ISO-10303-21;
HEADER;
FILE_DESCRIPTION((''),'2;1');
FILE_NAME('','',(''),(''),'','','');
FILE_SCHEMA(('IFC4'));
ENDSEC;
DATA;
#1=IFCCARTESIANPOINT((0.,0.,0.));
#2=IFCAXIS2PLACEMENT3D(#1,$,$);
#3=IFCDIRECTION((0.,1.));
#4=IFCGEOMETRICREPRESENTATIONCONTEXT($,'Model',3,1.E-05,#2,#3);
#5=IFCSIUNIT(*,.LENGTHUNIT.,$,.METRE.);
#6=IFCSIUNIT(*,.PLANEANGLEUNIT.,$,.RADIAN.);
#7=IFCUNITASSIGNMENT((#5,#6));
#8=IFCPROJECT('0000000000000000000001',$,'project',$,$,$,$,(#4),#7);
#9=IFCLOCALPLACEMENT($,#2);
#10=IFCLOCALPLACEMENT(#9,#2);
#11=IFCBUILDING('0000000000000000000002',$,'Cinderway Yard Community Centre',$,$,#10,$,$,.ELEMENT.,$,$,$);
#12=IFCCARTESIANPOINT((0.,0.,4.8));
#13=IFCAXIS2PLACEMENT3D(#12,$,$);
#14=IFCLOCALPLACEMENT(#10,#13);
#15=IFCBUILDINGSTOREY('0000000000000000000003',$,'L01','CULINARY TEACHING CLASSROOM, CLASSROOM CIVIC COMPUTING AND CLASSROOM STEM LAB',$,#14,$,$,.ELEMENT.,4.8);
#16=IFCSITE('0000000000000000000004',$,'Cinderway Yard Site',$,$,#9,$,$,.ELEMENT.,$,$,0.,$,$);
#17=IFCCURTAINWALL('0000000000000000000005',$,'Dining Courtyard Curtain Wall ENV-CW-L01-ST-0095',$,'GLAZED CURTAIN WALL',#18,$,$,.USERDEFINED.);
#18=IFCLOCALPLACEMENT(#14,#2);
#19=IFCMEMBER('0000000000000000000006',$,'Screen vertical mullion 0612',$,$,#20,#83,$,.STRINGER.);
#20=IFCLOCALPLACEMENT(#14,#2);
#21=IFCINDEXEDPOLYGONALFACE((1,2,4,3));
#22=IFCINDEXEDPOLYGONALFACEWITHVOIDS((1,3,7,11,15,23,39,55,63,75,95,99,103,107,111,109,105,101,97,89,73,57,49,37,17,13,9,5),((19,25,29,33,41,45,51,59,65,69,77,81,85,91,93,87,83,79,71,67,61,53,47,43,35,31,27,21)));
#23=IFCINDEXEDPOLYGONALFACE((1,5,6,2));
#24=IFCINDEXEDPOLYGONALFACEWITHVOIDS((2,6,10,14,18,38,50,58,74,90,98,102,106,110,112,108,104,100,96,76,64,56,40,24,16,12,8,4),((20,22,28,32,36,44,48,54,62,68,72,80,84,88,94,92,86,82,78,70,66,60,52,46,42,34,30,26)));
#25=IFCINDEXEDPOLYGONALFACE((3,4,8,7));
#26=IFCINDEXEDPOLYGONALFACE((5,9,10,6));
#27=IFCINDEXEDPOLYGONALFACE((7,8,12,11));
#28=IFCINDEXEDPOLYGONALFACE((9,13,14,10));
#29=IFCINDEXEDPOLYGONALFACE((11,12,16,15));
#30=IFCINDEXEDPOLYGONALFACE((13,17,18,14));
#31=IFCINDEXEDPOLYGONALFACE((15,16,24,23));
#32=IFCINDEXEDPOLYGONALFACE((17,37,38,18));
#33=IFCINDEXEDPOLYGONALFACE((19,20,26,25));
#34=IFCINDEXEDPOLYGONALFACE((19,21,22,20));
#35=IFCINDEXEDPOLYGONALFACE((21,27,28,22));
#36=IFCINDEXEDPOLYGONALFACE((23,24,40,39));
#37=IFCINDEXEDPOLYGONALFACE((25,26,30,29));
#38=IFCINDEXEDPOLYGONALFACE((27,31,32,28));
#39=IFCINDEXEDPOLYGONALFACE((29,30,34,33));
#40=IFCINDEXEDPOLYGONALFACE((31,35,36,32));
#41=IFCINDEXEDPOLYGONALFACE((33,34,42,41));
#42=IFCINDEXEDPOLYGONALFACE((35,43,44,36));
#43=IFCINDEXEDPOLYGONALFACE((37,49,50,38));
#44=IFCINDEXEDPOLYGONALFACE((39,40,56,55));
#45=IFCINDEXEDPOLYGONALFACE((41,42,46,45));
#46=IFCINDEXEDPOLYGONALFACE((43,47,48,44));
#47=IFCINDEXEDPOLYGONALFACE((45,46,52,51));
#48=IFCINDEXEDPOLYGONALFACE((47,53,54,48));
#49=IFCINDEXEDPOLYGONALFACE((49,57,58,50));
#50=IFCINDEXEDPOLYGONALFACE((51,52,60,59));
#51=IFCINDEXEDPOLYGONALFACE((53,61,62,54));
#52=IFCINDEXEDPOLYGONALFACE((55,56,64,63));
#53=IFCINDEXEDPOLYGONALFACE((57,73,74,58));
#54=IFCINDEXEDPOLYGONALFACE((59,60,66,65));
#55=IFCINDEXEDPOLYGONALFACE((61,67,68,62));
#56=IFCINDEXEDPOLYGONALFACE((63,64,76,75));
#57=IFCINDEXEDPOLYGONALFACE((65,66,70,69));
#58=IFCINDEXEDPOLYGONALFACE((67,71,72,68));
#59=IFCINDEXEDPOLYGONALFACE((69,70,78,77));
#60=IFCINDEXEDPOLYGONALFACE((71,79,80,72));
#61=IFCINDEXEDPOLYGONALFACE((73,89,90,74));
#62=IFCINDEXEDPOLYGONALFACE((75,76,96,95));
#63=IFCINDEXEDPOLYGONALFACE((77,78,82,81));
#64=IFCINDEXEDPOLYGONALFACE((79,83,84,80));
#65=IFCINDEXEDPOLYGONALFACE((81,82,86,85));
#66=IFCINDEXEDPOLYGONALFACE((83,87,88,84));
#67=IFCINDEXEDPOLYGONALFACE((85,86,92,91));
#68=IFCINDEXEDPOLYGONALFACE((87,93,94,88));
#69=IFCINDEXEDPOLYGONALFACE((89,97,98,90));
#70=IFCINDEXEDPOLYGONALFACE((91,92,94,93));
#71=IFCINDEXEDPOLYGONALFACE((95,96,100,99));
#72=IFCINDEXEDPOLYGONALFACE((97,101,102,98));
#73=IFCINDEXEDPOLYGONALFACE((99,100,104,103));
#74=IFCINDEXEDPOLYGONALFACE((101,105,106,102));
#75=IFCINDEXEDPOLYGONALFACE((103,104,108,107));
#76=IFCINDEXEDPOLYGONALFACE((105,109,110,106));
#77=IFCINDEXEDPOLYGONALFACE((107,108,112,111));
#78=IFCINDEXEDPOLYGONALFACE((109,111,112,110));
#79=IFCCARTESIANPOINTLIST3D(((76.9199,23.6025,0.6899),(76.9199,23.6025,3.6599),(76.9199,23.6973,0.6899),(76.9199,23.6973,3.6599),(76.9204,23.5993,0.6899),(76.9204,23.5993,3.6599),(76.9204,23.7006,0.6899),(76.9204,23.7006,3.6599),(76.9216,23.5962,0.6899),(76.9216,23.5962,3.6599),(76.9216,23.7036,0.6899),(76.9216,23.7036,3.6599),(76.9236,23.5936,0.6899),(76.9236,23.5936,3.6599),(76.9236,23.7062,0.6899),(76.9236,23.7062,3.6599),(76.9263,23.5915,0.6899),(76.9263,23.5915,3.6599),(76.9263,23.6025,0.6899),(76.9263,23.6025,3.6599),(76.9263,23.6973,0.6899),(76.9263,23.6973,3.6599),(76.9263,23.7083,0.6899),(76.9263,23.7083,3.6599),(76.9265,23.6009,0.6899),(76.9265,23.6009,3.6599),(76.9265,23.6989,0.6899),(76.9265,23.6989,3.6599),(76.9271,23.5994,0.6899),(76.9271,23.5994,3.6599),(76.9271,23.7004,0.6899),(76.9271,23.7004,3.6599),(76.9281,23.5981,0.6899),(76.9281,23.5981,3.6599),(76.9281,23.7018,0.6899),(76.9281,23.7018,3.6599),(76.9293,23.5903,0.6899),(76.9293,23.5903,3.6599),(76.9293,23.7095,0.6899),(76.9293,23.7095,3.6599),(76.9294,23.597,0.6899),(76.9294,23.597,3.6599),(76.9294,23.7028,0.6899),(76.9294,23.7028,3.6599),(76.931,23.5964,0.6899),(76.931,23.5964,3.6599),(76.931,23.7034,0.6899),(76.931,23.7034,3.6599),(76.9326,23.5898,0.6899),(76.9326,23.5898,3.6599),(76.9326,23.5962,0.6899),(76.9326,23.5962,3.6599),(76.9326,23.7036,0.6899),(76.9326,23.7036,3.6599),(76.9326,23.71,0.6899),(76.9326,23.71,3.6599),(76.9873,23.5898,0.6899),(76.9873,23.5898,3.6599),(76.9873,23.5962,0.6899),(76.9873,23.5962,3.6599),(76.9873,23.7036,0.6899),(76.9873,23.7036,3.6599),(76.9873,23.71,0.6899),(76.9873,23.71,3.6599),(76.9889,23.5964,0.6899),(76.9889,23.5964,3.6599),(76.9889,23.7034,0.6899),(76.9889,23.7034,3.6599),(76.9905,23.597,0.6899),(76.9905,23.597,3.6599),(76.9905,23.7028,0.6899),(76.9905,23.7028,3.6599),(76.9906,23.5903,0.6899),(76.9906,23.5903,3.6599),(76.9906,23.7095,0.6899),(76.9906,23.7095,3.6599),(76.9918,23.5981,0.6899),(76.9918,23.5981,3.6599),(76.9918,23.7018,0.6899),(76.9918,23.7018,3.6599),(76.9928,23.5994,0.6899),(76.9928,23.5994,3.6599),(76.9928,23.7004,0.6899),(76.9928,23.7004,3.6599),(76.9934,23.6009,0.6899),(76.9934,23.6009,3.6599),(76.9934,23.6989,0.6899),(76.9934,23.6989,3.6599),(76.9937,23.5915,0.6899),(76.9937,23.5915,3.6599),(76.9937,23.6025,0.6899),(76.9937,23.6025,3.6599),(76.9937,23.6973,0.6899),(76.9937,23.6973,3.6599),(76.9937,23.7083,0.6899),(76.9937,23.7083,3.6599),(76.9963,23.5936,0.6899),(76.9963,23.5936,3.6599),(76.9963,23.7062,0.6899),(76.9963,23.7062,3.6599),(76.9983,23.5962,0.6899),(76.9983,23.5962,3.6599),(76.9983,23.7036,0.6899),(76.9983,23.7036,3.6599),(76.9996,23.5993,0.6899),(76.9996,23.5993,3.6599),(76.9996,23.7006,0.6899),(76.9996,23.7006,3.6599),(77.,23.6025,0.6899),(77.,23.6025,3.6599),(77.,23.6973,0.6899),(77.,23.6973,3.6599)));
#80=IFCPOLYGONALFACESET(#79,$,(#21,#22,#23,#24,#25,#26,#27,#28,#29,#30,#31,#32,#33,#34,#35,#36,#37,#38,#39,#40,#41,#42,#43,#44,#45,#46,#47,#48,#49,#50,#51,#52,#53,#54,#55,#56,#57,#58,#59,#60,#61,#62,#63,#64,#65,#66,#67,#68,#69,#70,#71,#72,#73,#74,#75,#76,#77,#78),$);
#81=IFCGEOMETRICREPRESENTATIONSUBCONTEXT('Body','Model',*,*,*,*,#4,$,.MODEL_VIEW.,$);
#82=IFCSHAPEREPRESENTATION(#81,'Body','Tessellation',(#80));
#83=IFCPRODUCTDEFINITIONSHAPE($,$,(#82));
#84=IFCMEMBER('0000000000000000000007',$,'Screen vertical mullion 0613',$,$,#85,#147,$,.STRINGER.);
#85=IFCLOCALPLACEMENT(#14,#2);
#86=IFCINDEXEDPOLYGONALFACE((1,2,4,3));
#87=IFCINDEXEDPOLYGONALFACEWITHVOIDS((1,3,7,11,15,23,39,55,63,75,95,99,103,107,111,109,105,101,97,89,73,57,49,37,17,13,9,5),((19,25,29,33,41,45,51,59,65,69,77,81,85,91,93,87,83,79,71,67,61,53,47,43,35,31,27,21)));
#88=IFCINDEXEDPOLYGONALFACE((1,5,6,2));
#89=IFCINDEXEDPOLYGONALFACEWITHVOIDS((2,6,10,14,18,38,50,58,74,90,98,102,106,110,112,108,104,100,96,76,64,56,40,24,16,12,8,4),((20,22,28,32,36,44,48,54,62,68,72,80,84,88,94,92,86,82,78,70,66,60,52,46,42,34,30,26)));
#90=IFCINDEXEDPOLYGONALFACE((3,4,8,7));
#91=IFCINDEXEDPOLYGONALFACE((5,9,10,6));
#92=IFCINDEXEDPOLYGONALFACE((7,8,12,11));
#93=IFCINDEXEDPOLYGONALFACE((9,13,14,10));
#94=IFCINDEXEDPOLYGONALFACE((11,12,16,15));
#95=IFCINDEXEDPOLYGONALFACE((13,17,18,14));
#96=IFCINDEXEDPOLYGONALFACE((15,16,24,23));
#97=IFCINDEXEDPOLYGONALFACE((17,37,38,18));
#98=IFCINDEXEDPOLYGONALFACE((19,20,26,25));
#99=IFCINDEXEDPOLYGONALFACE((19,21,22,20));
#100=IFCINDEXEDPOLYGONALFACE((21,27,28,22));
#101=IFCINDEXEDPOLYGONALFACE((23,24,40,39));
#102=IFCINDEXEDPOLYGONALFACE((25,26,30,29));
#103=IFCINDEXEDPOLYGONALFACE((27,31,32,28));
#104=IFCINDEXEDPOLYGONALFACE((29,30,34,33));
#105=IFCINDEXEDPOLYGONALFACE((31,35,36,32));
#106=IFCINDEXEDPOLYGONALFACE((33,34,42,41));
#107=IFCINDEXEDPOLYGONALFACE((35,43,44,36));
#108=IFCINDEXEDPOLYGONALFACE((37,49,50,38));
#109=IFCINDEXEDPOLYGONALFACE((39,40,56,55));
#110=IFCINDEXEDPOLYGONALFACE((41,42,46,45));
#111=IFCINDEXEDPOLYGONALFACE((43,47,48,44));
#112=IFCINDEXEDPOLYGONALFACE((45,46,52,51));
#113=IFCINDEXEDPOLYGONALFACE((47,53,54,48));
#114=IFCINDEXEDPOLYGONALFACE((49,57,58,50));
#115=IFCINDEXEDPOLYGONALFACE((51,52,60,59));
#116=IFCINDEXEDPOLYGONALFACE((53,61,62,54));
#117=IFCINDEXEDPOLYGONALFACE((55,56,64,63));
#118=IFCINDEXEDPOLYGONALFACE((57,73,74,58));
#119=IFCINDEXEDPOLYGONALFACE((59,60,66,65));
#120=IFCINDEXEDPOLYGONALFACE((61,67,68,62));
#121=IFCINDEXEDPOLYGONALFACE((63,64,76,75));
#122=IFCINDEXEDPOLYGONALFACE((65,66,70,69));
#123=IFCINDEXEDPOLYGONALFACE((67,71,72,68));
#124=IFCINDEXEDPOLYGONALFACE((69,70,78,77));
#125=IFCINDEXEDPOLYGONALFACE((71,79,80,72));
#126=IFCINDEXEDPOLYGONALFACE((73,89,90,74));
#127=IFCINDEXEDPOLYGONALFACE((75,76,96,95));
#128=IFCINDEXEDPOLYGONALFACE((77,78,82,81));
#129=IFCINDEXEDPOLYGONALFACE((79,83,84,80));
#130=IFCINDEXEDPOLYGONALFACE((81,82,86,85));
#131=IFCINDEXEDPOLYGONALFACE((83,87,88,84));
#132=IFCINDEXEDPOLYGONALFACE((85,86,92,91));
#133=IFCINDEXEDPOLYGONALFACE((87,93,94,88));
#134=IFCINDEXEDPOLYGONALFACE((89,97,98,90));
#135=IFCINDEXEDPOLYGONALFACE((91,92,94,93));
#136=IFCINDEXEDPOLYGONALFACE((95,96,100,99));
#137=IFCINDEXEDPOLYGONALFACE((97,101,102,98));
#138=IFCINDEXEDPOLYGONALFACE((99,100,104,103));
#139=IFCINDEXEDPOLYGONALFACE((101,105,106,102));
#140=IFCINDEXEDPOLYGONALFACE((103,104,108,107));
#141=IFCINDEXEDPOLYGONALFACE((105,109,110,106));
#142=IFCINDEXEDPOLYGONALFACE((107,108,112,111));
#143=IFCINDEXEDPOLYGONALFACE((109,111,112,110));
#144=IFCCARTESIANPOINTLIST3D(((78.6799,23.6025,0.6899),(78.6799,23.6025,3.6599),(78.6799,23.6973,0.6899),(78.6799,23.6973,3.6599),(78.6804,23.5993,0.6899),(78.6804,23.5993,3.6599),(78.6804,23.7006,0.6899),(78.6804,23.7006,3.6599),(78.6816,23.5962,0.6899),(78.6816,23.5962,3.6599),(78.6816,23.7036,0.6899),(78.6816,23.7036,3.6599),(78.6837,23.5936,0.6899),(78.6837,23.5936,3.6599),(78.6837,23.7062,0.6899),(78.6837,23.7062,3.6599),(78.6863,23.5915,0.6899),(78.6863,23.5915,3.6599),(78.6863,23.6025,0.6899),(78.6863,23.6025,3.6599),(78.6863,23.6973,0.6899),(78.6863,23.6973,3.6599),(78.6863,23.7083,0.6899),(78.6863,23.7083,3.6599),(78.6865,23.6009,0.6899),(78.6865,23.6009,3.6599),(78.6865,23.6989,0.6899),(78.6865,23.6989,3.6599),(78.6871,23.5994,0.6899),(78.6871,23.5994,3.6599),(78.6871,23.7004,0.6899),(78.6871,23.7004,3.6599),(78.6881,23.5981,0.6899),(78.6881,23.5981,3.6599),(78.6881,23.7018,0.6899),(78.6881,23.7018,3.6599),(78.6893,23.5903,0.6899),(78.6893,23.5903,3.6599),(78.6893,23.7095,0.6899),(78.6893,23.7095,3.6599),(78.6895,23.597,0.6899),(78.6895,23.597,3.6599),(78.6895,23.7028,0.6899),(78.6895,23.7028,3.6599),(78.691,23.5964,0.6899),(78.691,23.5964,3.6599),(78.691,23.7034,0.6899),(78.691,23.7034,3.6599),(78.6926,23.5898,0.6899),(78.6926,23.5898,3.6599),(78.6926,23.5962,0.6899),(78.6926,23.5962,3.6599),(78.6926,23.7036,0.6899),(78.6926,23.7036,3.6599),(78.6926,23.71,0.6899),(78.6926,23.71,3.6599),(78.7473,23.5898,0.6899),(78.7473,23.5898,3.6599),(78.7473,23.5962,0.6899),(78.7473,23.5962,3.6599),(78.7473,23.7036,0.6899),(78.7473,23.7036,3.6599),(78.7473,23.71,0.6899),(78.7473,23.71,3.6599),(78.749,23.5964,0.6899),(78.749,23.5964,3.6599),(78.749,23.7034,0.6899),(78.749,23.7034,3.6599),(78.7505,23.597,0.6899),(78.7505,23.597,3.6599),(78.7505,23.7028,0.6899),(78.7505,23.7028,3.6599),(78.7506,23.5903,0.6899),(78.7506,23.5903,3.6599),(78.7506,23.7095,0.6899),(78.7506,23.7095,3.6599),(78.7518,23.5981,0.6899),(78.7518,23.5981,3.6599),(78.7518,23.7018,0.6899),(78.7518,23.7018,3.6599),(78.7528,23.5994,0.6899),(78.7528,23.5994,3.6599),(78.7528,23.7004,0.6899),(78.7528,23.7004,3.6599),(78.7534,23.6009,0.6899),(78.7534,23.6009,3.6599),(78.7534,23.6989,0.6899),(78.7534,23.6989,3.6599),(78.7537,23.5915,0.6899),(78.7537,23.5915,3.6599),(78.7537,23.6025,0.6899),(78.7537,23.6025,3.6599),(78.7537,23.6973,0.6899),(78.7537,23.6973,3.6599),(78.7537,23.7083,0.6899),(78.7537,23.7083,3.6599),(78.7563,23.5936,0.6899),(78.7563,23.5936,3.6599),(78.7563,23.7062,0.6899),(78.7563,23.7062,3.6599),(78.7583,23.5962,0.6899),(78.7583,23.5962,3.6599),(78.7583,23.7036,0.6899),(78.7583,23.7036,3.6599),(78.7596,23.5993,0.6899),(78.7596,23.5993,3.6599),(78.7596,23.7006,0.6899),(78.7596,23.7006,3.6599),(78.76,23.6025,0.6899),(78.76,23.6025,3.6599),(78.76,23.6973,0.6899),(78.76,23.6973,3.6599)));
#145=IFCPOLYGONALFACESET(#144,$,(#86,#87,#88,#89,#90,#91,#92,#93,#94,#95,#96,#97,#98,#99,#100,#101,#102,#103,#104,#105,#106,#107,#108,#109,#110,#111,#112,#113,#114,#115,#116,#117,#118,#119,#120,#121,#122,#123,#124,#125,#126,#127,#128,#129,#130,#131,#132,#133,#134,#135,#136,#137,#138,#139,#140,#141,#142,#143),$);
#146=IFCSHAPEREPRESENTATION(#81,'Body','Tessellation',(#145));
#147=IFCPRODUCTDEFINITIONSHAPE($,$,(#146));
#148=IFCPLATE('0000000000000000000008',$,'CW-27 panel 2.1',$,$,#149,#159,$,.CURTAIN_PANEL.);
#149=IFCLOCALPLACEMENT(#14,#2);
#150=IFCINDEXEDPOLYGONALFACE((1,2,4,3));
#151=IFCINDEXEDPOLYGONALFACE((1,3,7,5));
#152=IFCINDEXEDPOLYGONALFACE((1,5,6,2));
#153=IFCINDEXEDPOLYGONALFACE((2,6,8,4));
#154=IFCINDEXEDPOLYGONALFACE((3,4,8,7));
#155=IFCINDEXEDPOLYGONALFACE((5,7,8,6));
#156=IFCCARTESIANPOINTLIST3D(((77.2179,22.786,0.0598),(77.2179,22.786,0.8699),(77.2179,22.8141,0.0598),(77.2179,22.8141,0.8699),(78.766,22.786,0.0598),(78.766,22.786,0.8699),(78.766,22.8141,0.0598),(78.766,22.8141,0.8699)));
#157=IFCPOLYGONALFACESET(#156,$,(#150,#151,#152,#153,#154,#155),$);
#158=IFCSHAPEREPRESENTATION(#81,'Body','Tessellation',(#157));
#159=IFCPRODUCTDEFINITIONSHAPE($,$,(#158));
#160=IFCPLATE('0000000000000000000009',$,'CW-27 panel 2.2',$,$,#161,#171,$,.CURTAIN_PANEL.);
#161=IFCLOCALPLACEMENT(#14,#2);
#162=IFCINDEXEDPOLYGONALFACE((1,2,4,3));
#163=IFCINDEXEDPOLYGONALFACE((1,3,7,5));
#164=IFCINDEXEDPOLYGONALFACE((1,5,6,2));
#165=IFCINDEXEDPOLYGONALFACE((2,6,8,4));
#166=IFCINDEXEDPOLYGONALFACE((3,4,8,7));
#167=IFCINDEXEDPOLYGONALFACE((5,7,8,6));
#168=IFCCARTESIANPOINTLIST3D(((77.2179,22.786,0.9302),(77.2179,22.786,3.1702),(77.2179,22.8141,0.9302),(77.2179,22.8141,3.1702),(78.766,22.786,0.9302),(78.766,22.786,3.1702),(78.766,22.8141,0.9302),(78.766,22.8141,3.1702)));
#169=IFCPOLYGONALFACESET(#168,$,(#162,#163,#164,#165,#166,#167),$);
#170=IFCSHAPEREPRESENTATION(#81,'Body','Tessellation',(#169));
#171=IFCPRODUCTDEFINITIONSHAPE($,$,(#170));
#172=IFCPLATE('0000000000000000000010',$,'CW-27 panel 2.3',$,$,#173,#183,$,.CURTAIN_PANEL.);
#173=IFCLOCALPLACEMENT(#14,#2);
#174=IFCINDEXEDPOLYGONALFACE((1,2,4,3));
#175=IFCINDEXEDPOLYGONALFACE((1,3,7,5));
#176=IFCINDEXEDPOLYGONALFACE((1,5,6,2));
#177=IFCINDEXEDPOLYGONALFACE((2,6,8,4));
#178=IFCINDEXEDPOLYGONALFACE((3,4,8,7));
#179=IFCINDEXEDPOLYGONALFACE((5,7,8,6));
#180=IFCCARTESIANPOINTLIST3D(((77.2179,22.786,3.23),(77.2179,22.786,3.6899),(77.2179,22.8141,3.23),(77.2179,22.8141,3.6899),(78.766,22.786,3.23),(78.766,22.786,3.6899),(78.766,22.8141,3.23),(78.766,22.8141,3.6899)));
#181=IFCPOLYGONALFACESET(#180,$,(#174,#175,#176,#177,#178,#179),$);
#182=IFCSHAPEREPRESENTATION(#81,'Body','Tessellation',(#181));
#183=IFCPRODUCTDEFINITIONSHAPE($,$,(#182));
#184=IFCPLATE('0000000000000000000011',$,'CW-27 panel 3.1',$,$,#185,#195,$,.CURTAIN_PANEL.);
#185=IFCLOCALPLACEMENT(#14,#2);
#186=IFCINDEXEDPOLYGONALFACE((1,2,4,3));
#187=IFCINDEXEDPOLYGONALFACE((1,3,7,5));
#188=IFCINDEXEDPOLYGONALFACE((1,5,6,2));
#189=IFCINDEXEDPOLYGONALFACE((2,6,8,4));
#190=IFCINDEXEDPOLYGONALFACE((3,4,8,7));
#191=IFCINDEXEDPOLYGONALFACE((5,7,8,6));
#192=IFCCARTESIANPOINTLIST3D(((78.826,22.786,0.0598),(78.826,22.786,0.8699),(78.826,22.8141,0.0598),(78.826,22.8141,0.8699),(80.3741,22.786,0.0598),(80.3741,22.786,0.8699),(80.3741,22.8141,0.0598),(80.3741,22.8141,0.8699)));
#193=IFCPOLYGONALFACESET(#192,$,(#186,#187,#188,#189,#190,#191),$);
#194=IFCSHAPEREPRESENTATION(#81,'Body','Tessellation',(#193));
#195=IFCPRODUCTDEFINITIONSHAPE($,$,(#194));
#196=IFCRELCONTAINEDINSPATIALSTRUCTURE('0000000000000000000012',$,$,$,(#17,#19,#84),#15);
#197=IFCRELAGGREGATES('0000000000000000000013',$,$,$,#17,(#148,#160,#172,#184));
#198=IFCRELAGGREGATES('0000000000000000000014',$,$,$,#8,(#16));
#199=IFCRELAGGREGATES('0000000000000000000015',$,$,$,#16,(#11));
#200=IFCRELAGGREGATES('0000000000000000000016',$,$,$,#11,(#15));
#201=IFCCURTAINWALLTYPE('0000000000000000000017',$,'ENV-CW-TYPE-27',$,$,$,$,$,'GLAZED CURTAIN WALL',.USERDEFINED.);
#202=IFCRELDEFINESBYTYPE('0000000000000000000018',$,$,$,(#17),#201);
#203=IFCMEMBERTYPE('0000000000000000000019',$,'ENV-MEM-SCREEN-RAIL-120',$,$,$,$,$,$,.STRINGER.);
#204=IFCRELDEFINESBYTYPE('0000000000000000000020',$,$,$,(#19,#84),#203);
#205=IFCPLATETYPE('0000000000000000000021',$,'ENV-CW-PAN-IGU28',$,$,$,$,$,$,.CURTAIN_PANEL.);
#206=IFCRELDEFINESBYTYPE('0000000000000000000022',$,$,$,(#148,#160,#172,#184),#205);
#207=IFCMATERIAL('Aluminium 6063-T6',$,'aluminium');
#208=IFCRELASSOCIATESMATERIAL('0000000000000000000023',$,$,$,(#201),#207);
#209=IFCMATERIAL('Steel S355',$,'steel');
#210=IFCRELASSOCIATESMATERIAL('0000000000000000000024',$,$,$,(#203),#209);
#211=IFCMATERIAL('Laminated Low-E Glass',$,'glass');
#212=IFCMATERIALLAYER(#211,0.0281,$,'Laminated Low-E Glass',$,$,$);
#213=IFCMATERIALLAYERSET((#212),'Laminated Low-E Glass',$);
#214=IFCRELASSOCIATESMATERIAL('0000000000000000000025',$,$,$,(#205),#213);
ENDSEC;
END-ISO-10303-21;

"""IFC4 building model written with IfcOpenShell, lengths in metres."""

from ifc_helpers import new_model, si_unit, direction, frame, origin, origin_2d, place, context, subcontext, project, spatial, rectangle, hollow_rectangle, extrude, material, layer, layer_set, material_profile, profile_set, type_object, element, aggregate, save


model = new_model("IFC4")

# Units and contexts
model_context = context("Model", 3, precision=1e-05, world=origin(), true_north=direction((0.0, 1.0)))
body_context = subcontext(model_context, "Body", "Model", "MODEL_VIEW")
ifc_project = project(units=[si_unit("LENGTHUNIT", "METRE"), si_unit("PLANEANGLEUNIT", "RADIAN")], contexts=[model_context])

# Site, building, storey
site_placement = place(None, origin())
site = spatial("IfcSite", under=ifc_project, at=site_placement, Name="Cinderway Yard Site", CompositionType="ELEMENT", RefElevation=0.0)
building_placement = place(site_placement, origin())
building = spatial("IfcBuilding", under=site, at=building_placement, Name="Cinderway Yard Community Centre", CompositionType="ELEMENT")
storey_placement = place(building_placement, frame((0.0, 0.0, 4.8)))
storey = spatial("IfcBuildingStorey", under=building, at=storey_placement, Name="L01", Description="CULINARY TEACHING CLASSROOM, CLASSROOM CIVIC COMPUTING AND CLASSROOM STEM LAB", CompositionType="ELEMENT", Elevation=4.8)

# Curtain wall
ifc_material_1 = material(Name="Aluminium 6063-T6", Category="aluminium")
curtain_wall_type = type_object("IfcCurtainWallType", Name="ENV-CW-TYPE-27", ElementType="GLAZED CURTAIN WALL", PredefinedType="USERDEFINED", material=ifc_material_1)
curtain_wall_placement = place(storey_placement, origin())
curtain_wall = element("IfcCurtainWall", 1, at=curtain_wall_placement, inside=storey, type_object=curtain_wall_type, Name="Dining Courtyard Curtain Wall ENV-CW-L01-ST-0095", ObjectType="GLAZED CURTAIN WALL", PredefinedType="USERDEFINED")

# Members
ifc_material_2 = material(Name="Steel S355", Category="steel")
ifc_material_profile_1 = material_profile(ifc_material_2, hollow_rectangle(XDim=0.0801, YDim=0.1201, WallThickness=0.0063, InnerFilletRadius=0.0063, OuterFilletRadius=0.0127, at=origin_2d()), Name="Steel S355")
ifc_profile_set_1 = profile_set([ifc_material_profile_1], Name="Steel S355")
member_type_1 = type_object("IfcMemberType", Name="ENV-MEM-SCREEN-RAIL-120", PredefinedType="STRINGER", material=ifc_profile_set_1)
for number, where, z_axis, x_axis, name in (
    (2, (76.96, 23.6499, 0.6899), (0.0, 0.0, 1.0), (1.0, 0.0, 0.0), "Screen vertical mullion 0612"),
    (3, (78.72, 23.6499, 0.6899), (0.0, 0.0, 1.0), (1.0, 0.0, 0.0), "Screen vertical mullion 0613"),
):
    element("IfcMember", number, at=place(storey_placement, frame(where, z_axis=z_axis, x_axis=x_axis)), inside=storey, type_object=member_type_1, Name=name, PredefinedType="STRINGER", context=body_context, shape_type="SweptSolid", body=[
        extrude(hollow_rectangle(XDim=0.0801, YDim=0.1201, WallThickness=0.0063, InnerFilletRadius=0.0063, OuterFilletRadius=0.0127, at=origin_2d()), origin(), (0.0, 0.0, 1.0), 2.97),
    ])

# Plates
ifc_material_3 = material(Name="Laminated Low-E Glass", Category="glass")
ifc_layer_1 = layer(ifc_material_3, 0.0281, Name="Laminated Low-E Glass")
ifc_layer_set_1 = layer_set([ifc_layer_1], Name="Laminated Low-E Glass")
plate_type_1 = type_object("IfcPlateType", Name="ENV-CW-PAN-IGU28", PredefinedType="CURTAIN_PANEL", material=ifc_layer_set_1)
plate_1_placement = place(storey_placement, frame((77.9919, 22.8, 0.0598), z_axis=(0.0, 0.0, 1.0), x_axis=(1.0, 0.0, 0.0)))
plate_1 = element("IfcPlate", 4, at=plate_1_placement, type_object=plate_type_1, Name="CW-27 panel 2.1", PredefinedType="CURTAIN_PANEL", context=body_context, shape_type="SweptSolid", body=[
    extrude(rectangle(XDim=1.5481, YDim=0.0281, at=origin_2d()), origin(), (0.0, 0.0, 1.0), 0.8101),
])
plate_2_placement = place(storey_placement, frame((77.9919, 22.8, 0.9302), z_axis=(0.0, 0.0, 1.0), x_axis=(1.0, 0.0, 0.0)))
plate_2 = element("IfcPlate", 5, at=plate_2_placement, type_object=plate_type_1, Name="CW-27 panel 2.2", PredefinedType="CURTAIN_PANEL", context=body_context, shape_type="SweptSolid", body=[
    extrude(rectangle(XDim=1.5481, YDim=0.0281, at=origin_2d()), origin(), (0.0, 0.0, 1.0), 2.24),
])
plate_3_placement = place(storey_placement, frame((77.9919, 22.8, 3.23), z_axis=(0.0, 0.0, 1.0), x_axis=(1.0, 0.0, 0.0)))
plate_3 = element("IfcPlate", 6, at=plate_3_placement, type_object=plate_type_1, Name="CW-27 panel 2.3", PredefinedType="CURTAIN_PANEL", context=body_context, shape_type="SweptSolid", body=[
    extrude(rectangle(XDim=1.5481, YDim=0.0281, at=origin_2d()), origin(), (0.0, 0.0, 1.0), 0.46),
])
plate_4_placement = place(storey_placement, frame((79.6001, 22.8, 0.0598), z_axis=(0.0, 0.0, 1.0), x_axis=(1.0, 0.0, 0.0)))
plate_4 = element("IfcPlate", 7, at=plate_4_placement, type_object=plate_type_1, Name="CW-27 panel 3.1", PredefinedType="CURTAIN_PANEL", context=body_context, shape_type="SweptSolid", body=[
    extrude(rectangle(XDim=1.5481, YDim=0.0281, at=origin_2d()), origin(), (0.0, 0.0, 1.0), 0.8101),
])
aggregate(curtain_wall, [plate_1, plate_2, plate_3, plate_4])

save(model, "model.ifc")
